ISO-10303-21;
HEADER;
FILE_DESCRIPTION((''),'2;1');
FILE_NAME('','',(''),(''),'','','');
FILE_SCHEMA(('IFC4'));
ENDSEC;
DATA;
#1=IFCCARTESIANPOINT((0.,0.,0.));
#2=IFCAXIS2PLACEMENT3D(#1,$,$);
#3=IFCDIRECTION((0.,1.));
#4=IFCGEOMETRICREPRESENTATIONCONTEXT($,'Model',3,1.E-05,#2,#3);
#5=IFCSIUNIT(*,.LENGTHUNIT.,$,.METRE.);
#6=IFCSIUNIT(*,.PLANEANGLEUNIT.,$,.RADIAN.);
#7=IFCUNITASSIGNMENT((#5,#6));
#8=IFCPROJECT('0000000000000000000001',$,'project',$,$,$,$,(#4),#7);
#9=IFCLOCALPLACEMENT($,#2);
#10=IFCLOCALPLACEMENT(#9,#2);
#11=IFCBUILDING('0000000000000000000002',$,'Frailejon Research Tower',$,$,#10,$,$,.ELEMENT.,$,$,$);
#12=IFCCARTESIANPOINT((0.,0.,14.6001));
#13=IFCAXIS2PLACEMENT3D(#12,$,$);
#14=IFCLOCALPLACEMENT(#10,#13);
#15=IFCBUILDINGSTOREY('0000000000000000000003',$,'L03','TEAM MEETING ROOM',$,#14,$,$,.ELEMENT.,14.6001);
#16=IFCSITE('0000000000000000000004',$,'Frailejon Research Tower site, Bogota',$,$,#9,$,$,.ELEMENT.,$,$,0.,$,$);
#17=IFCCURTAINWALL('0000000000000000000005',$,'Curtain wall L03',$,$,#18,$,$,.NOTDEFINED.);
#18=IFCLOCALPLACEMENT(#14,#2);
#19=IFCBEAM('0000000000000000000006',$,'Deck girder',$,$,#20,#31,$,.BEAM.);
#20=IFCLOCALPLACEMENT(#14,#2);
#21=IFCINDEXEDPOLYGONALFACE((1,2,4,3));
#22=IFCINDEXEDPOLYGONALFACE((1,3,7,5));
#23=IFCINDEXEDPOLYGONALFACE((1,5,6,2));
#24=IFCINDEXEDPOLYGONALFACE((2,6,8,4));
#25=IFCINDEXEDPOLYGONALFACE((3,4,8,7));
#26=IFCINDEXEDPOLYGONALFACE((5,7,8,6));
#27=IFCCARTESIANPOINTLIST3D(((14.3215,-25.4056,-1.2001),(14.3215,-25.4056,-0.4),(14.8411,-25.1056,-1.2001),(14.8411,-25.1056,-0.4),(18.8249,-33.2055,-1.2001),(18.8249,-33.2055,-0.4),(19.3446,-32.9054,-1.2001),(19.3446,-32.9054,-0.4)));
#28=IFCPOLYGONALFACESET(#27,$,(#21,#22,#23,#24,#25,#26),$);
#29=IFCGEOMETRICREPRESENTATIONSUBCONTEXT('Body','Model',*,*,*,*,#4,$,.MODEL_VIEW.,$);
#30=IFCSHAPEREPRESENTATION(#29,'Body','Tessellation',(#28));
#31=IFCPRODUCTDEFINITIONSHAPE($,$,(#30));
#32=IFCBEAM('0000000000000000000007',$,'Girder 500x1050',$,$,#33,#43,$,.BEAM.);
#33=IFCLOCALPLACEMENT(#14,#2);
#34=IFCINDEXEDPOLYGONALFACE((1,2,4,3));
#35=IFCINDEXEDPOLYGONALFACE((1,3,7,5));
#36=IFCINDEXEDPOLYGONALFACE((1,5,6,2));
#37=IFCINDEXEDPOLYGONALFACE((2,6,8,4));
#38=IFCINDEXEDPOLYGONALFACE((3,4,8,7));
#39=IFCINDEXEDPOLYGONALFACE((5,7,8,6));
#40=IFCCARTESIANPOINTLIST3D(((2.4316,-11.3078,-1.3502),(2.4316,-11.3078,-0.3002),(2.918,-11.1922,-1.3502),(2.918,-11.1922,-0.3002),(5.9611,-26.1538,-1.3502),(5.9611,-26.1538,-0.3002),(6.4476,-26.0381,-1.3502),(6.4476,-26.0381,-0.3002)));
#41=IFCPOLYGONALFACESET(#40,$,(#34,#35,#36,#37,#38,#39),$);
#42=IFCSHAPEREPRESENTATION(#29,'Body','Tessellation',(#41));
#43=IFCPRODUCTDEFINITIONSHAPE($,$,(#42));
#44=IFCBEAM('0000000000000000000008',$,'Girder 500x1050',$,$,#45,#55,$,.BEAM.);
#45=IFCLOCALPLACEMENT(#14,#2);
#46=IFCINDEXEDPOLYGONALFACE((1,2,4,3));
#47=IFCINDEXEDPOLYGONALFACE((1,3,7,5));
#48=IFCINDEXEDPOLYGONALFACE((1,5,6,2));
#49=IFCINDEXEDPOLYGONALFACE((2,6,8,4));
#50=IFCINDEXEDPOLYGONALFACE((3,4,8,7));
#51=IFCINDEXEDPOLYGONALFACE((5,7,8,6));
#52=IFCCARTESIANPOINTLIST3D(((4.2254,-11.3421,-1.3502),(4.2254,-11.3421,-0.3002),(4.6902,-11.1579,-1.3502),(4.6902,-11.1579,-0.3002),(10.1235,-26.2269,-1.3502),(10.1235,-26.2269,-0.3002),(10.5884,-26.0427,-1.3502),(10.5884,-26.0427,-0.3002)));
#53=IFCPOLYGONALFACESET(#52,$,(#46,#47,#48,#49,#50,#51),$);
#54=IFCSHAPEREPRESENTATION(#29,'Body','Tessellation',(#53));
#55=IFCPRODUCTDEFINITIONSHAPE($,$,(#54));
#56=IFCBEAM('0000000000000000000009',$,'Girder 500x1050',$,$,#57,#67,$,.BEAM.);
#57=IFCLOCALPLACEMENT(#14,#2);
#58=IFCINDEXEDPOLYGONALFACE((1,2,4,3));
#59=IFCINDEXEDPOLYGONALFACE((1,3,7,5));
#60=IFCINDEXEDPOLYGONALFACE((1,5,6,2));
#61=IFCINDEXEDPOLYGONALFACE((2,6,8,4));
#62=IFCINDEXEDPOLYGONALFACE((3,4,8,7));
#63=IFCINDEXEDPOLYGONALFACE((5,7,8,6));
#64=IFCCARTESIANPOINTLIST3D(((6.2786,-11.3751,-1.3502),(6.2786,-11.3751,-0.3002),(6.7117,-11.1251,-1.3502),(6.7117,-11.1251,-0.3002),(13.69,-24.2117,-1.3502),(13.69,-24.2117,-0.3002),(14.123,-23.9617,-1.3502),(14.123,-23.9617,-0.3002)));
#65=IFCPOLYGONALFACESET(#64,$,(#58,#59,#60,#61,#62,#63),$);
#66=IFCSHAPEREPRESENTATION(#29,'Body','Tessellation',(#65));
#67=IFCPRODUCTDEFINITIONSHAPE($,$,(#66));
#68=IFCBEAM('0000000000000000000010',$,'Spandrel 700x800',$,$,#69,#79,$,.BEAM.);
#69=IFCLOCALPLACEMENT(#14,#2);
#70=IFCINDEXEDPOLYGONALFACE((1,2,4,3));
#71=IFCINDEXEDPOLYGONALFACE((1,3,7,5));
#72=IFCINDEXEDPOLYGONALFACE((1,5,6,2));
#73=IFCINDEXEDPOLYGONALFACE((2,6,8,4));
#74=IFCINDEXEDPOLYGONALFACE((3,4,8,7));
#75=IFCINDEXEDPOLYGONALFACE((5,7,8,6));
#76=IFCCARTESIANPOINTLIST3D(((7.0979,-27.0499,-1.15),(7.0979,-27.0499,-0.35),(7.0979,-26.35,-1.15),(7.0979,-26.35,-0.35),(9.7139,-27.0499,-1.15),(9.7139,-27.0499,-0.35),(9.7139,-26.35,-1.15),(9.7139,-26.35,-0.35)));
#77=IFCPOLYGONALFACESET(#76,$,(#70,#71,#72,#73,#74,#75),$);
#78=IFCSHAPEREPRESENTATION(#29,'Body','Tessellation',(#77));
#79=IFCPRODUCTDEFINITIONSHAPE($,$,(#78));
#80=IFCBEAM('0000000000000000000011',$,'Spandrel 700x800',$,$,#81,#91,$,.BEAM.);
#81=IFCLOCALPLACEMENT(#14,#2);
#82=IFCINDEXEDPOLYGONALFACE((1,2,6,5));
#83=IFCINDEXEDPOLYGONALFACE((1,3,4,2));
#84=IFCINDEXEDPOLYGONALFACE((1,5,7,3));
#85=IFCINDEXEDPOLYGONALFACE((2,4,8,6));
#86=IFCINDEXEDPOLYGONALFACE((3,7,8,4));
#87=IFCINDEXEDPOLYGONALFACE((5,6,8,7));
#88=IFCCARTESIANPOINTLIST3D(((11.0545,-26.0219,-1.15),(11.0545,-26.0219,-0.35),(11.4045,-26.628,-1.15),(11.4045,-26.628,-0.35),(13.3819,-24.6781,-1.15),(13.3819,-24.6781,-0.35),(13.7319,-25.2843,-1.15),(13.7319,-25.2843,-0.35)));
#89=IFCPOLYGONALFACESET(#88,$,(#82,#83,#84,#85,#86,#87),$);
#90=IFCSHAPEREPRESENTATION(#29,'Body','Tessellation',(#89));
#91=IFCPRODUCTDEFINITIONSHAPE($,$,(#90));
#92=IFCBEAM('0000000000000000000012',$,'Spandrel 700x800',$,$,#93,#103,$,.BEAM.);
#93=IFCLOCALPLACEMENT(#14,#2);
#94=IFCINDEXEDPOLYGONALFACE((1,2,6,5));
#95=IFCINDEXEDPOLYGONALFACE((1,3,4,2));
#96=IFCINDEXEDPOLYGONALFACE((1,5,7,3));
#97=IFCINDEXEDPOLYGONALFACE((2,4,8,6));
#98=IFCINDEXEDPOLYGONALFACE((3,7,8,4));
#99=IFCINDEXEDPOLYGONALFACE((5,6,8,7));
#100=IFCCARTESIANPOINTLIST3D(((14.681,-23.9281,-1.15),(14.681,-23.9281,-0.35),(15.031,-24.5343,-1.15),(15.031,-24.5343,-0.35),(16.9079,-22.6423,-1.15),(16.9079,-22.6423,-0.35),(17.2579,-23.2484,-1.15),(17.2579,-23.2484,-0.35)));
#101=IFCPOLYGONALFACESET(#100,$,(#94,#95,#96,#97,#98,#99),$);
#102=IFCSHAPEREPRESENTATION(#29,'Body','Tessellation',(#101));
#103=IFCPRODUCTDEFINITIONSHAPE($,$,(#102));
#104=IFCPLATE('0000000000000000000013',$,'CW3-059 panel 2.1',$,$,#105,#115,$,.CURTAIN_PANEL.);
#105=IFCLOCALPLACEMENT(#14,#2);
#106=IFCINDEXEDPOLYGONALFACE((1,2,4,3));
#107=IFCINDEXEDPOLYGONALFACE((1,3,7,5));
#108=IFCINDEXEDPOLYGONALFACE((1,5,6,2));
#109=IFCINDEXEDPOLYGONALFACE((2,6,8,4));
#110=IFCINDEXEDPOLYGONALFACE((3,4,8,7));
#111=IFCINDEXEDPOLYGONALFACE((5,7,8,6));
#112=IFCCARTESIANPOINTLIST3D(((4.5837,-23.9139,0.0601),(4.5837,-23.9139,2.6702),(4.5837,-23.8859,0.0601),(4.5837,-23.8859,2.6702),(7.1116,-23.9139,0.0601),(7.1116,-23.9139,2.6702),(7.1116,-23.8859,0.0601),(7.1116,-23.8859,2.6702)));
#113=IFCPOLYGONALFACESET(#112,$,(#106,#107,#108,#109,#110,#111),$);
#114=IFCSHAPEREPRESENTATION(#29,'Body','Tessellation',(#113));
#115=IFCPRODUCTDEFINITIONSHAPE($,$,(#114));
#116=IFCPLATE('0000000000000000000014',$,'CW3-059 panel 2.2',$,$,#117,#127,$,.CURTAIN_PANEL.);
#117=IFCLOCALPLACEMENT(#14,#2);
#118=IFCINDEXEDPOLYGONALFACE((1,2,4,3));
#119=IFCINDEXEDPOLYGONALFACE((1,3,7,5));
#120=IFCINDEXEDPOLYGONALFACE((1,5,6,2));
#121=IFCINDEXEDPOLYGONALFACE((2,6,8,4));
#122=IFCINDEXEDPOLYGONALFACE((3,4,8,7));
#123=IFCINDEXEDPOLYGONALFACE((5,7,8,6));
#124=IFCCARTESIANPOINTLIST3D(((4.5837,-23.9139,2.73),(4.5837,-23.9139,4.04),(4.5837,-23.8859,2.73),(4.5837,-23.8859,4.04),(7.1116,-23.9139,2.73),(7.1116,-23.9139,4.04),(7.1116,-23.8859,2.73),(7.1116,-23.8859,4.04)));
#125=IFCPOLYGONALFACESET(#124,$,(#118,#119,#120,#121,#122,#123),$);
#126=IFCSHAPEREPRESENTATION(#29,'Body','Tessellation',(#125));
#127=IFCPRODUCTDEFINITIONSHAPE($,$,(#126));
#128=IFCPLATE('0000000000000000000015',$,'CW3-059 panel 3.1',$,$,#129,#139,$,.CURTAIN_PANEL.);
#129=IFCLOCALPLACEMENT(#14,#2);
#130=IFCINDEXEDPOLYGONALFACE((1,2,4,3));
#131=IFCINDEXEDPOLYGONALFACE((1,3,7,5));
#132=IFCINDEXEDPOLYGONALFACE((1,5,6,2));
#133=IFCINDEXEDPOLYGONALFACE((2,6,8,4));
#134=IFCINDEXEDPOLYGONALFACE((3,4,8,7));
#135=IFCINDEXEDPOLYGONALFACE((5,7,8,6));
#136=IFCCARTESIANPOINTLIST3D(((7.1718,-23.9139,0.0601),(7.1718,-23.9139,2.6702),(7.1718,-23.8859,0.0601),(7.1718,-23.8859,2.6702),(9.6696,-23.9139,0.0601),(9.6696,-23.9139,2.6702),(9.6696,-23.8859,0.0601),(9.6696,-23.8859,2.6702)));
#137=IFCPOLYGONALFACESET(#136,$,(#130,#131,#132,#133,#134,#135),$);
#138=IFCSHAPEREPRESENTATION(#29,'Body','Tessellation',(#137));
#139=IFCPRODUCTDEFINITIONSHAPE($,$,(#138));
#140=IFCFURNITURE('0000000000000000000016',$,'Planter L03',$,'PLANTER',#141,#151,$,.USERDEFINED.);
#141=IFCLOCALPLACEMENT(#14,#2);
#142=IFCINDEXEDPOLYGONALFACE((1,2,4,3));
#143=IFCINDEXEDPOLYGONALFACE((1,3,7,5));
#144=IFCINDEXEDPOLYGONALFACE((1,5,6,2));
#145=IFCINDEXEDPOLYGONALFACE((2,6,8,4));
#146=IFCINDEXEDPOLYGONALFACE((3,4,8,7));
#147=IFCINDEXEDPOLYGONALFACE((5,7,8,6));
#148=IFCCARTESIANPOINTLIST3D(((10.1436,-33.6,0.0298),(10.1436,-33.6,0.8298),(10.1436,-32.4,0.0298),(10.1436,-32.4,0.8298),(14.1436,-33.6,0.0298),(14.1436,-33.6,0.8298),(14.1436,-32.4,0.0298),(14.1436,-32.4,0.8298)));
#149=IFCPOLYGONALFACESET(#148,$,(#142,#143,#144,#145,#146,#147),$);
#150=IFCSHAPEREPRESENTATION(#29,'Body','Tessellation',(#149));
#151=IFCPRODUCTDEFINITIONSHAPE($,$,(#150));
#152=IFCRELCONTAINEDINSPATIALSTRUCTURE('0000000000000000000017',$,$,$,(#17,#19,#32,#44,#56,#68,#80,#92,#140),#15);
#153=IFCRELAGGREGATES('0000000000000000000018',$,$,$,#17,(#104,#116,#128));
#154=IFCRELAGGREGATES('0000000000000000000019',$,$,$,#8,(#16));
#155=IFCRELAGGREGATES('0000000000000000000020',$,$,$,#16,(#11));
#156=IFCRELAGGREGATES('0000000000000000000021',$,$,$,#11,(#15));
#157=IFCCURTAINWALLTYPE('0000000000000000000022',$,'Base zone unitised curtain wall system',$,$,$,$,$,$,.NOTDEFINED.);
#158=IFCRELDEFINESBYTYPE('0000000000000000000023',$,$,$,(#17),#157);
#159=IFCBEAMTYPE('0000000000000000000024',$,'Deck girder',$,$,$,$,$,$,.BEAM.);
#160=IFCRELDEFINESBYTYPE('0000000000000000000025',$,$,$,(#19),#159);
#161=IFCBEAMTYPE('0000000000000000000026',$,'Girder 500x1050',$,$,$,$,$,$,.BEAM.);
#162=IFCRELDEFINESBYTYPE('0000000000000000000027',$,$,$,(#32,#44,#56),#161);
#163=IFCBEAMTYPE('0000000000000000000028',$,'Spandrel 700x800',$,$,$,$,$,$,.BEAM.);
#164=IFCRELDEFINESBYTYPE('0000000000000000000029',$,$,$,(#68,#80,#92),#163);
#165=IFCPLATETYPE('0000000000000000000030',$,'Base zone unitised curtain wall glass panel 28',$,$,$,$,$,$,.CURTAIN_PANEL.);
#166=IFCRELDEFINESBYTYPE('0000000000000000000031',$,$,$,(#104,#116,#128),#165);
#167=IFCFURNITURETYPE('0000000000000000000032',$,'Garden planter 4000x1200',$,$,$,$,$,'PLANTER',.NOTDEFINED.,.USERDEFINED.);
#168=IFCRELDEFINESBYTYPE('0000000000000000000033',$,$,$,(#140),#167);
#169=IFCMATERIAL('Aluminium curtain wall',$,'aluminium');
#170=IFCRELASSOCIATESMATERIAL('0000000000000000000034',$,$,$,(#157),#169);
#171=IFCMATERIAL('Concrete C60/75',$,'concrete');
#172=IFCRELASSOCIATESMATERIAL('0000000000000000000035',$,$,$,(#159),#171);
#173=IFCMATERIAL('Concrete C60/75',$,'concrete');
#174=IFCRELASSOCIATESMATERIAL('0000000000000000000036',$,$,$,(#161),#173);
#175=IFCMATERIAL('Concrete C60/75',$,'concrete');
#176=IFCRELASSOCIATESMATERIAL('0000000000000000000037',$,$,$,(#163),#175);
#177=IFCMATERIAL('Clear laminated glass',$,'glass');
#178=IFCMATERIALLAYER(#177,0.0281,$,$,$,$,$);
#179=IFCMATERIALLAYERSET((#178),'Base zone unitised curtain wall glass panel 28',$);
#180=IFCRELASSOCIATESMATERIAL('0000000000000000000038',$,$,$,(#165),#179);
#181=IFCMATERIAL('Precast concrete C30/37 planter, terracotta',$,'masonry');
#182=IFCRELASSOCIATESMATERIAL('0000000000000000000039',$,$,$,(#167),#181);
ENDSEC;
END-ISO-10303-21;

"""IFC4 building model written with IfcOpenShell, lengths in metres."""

from ifc_helpers import new_model, si_unit, direction, frame, origin, origin_2d, place, context, subcontext, project, spatial, rectangle, extrude, material, layer, layer_set, material_profile, profile_set, type_object, element, aggregate, save


model = new_model("IFC4")

# Units and contexts
model_context = context("Model", 3, precision=1e-05, world=origin(), true_north=direction((0.0, 1.0)))
body_context = subcontext(model_context, "Body", "Model", "MODEL_VIEW")
ifc_project = project(units=[si_unit("LENGTHUNIT", "METRE"), si_unit("PLANEANGLEUNIT", "RADIAN")], contexts=[model_context])

# Site, building, storey
site_placement = place(None, origin())
site = spatial("IfcSite", under=ifc_project, at=site_placement, Name="Frailejon Research Tower site, Bogota", CompositionType="ELEMENT", RefElevation=0.0)
building_placement = place(site_placement, origin())
building = spatial("IfcBuilding", under=site, at=building_placement, Name="Frailejon Research Tower", CompositionType="ELEMENT")
storey_placement = place(building_placement, frame((0.0, 0.0, 14.6001)))
storey = spatial("IfcBuildingStorey", under=building, at=storey_placement, Name="L03", Description="TEAM MEETING ROOM", CompositionType="ELEMENT", Elevation=14.6001)

# Curtain wall
ifc_material_1 = material(Name="Aluminium curtain wall", Category="aluminium")
curtain_wall_type = type_object("IfcCurtainWallType", Name="Base zone unitised curtain wall system", PredefinedType="NOTDEFINED", material=ifc_material_1)
curtain_wall_placement = place(storey_placement, origin())
curtain_wall = element("IfcCurtainWall", 1, at=curtain_wall_placement, inside=storey, type_object=curtain_wall_type, Name="Curtain wall L03", PredefinedType="NOTDEFINED")

# Beams
ifc_material_2 = material(Name="Concrete C60/75", Category="concrete")
ifc_material_profile_1 = material_profile(ifc_material_2, rectangle(XDim=0.6001, YDim=0.8, at=origin_2d()), Name="Deck girder")
ifc_profile_set_1 = profile_set([ifc_material_profile_1], Name="Concrete C60/75")
beam_type_1 = type_object("IfcBeamType", Name="Deck girder", PredefinedType="BEAM", material=ifc_profile_set_1)
beam_1_placement = place(storey_placement, frame((14.5813, -25.2556, -0.8), z_axis=(0.500017, -0.866016, 0.0), x_axis=(0.866016, 0.500017, 0.0)))
element("IfcBeam", 2, at=beam_1_placement, inside=storey, type_object=beam_type_1, Name="Deck girder", PredefinedType="BEAM", context=body_context, shape_type="SweptSolid", body=[
    extrude(rectangle(XDim=0.6001, YDim=0.8, at=origin_2d()), origin(), (0.0, 0.0, 1.0), 9.0066),
])
ifc_material_3 = material(Name="Concrete C60/75", Category="concrete")
ifc_material_profile_2 = material_profile(ifc_material_3, rectangle(XDim=0.5, YDim=1.05, at=origin_2d()), Name="Girder 500x1050")
ifc_profile_set_2 = profile_set([ifc_material_profile_2], Name="Concrete C60/75")
beam_type_2 = type_object("IfcBeamType", Name="Girder 500x1050", PredefinedType="BEAM", material=ifc_profile_set_2)
beam_2_placement = place(storey_placement, frame((6.2043, -26.0959, -0.8252), z_axis=(-0.231298, 0.972883, 0.0), x_axis=(-0.972883, -0.231298, 0.0)))
element("IfcBeam", 3, at=beam_2_placement, inside=storey, type_object=beam_type_2, Name="Girder 500x1050", PredefinedType="BEAM", context=body_context, shape_type="SweptSolid", body=[
    extrude(rectangle(XDim=0.5, YDim=1.05, at=origin_2d()), origin(), (0.0, 0.0, 1.0), 15.2598),
])
beam_3_placement = place(storey_placement, frame((10.356, -26.1348, -0.8252), z_axis=(-0.368389, 0.929672, 0.0), x_axis=(-0.929672, -0.368389, 0.0)))
element("IfcBeam", 4, at=beam_3_placement, inside=storey, type_object=beam_type_2, Name="Girder 500x1050", PredefinedType="BEAM", context=body_context, shape_type="SweptSolid", body=[
    extrude(rectangle(XDim=0.5, YDim=1.05, at=origin_2d()), origin(), (0.0, 0.0, 1.0), 16.0107),
])
beam_4_placement = place(storey_placement, frame((13.9065, -24.0867, -0.8252), z_axis=(-0.500006, 0.866022, 0.0), x_axis=(-0.866022, -0.500006, 0.0)))
element("IfcBeam", 5, at=beam_4_placement, inside=storey, type_object=beam_type_2, Name="Girder 500x1050", PredefinedType="BEAM", context=body_context, shape_type="SweptSolid", body=[
    extrude(rectangle(XDim=0.5, YDim=1.05, at=origin_2d()), origin(), (0.0, 0.0, 1.0), 14.8225),
])
ifc_material_4 = material(Name="Concrete C60/75", Category="concrete")
ifc_material_profile_3 = material_profile(ifc_material_4, rectangle(XDim=0.7, YDim=0.8, at=origin_2d()), Name="Spandrel 700x800")
ifc_profile_set_3 = profile_set([ifc_material_profile_3], Name="Concrete C60/75")
beam_type_3 = type_object("IfcBeamType", Name="Spandrel 700x800", PredefinedType="BEAM", material=ifc_profile_set_3)
beam_5_placement = place(storey_placement, frame((7.0979, -26.7, -0.75), z_axis=(1.0, 0.0, 0.0), x_axis=(0.0, 1.0, 0.0)))
element("IfcBeam", 6, at=beam_5_placement, inside=storey, type_object=beam_type_3, Name="Spandrel 700x800", PredefinedType="BEAM", context=body_context, shape_type="SweptSolid", body=[
    extrude(rectangle(XDim=0.7, YDim=0.8, at=origin_2d()), origin(), (0.0, 0.0, 1.0), 2.616),
])
beam_6_placement = place(storey_placement, frame((11.2295, -26.325, -0.75), z_axis=(0.866021, 0.500008, 0.0), x_axis=(-0.500008, 0.866021, 0.0)))
element("IfcBeam", 7, at=beam_6_placement, inside=storey, type_object=beam_type_3, Name="Spandrel 700x800", PredefinedType="BEAM", context=body_context, shape_type="SweptSolid", body=[
    extrude(rectangle(XDim=0.7, YDim=0.8, at=origin_2d()), origin(), (0.0, 0.0, 1.0), 2.6875),
])
beam_7_placement = place(storey_placement, frame((14.856, -24.2312, -0.75), z_axis=(0.866009, 0.500029, 0.0), x_axis=(-0.500029, 0.866009, 0.0)))
element("IfcBeam", 8, at=beam_7_placement, inside=storey, type_object=beam_type_3, Name="Spandrel 700x800", PredefinedType="BEAM", context=body_context, shape_type="SweptSolid", body=[
    extrude(rectangle(XDim=0.7, YDim=0.8, at=origin_2d()), origin(), (0.0, 0.0, 1.0), 2.5715),
])

# Plates
ifc_material_5 = material(Name="Clear laminated glass", Category="glass")
ifc_layer = layer(ifc_material_5, 0.0281)
ifc_layer_set = layer_set([ifc_layer], Name="Base zone unitised curtain wall glass panel 28")
plate_type = type_object("IfcPlateType", Name="Base zone unitised curtain wall glass panel 28", PredefinedType="CURTAIN_PANEL", material=ifc_layer_set)
plate_1_placement = place(storey_placement, frame((5.8477, -23.8999, 0.0601), z_axis=(0.0, 0.0, 1.0), x_axis=(1.0, 0.0, 0.0)))
plate_1 = element("IfcPlate", 9, at=plate_1_placement, type_object=plate_type, Name="CW3-059 panel 2.1", PredefinedType="CURTAIN_PANEL", context=body_context, shape_type="SweptSolid", body=[
    extrude(rectangle(XDim=2.5278, YDim=0.0281, at=origin_2d()), origin(), (0.0, 0.0, 1.0), 2.6101),
])
plate_2_placement = place(storey_placement, frame((5.8477, -23.8999, 2.73), z_axis=(0.0, 0.0, 1.0), x_axis=(1.0, 0.0, 0.0)))
plate_2 = element("IfcPlate", 10, at=plate_2_placement, type_object=plate_type, Name="CW3-059 panel 2.2", PredefinedType="CURTAIN_PANEL", context=body_context, shape_type="SweptSolid", body=[
    extrude(rectangle(XDim=2.5278, YDim=0.0281, at=origin_2d()), origin(), (0.0, 0.0, 1.0), 1.3101),
])
plate_3_placement = place(storey_placement, frame((8.4207, -23.8999, 0.0601), z_axis=(0.0, 0.0, 1.0), x_axis=(1.0, 0.0, 0.0)))
plate_3 = element("IfcPlate", 11, at=plate_3_placement, type_object=plate_type, Name="CW3-059 panel 3.1", PredefinedType="CURTAIN_PANEL", context=body_context, shape_type="SweptSolid", body=[
    extrude(rectangle(XDim=2.4978, YDim=0.0281, at=origin_2d()), origin(), (0.0, 0.0, 1.0), 2.6101),
])
aggregate(curtain_wall, [plate_1, plate_2, plate_3])

# Furniture
ifc_material_6 = material(Name="Precast concrete C30/37 planter, terracotta", Category="masonry")
furniture_type = type_object("IfcFurnitureType", Name="Garden planter 4000x1200", ElementType="PLANTER", AssemblyPlace="NOTDEFINED", PredefinedType="USERDEFINED", material=ifc_material_6)
furniture_placement = place(storey_placement, frame((12.1436, -33.0, 0.0298), z_axis=(0.0, 0.0, 1.0), x_axis=(1.0, 0.0, 0.0)))
element("IfcFurniture", 12, at=furniture_placement, inside=storey, type_object=furniture_type, Name="Planter L03", ObjectType="PLANTER", PredefinedType="USERDEFINED", context=body_context, shape_type="SweptSolid", body=[
    extrude(rectangle(XDim=4.0, YDim=1.2, at=origin_2d()), origin(), (0.0, 0.0, 1.0), 0.8),
])

save(model, "model.ifc")
